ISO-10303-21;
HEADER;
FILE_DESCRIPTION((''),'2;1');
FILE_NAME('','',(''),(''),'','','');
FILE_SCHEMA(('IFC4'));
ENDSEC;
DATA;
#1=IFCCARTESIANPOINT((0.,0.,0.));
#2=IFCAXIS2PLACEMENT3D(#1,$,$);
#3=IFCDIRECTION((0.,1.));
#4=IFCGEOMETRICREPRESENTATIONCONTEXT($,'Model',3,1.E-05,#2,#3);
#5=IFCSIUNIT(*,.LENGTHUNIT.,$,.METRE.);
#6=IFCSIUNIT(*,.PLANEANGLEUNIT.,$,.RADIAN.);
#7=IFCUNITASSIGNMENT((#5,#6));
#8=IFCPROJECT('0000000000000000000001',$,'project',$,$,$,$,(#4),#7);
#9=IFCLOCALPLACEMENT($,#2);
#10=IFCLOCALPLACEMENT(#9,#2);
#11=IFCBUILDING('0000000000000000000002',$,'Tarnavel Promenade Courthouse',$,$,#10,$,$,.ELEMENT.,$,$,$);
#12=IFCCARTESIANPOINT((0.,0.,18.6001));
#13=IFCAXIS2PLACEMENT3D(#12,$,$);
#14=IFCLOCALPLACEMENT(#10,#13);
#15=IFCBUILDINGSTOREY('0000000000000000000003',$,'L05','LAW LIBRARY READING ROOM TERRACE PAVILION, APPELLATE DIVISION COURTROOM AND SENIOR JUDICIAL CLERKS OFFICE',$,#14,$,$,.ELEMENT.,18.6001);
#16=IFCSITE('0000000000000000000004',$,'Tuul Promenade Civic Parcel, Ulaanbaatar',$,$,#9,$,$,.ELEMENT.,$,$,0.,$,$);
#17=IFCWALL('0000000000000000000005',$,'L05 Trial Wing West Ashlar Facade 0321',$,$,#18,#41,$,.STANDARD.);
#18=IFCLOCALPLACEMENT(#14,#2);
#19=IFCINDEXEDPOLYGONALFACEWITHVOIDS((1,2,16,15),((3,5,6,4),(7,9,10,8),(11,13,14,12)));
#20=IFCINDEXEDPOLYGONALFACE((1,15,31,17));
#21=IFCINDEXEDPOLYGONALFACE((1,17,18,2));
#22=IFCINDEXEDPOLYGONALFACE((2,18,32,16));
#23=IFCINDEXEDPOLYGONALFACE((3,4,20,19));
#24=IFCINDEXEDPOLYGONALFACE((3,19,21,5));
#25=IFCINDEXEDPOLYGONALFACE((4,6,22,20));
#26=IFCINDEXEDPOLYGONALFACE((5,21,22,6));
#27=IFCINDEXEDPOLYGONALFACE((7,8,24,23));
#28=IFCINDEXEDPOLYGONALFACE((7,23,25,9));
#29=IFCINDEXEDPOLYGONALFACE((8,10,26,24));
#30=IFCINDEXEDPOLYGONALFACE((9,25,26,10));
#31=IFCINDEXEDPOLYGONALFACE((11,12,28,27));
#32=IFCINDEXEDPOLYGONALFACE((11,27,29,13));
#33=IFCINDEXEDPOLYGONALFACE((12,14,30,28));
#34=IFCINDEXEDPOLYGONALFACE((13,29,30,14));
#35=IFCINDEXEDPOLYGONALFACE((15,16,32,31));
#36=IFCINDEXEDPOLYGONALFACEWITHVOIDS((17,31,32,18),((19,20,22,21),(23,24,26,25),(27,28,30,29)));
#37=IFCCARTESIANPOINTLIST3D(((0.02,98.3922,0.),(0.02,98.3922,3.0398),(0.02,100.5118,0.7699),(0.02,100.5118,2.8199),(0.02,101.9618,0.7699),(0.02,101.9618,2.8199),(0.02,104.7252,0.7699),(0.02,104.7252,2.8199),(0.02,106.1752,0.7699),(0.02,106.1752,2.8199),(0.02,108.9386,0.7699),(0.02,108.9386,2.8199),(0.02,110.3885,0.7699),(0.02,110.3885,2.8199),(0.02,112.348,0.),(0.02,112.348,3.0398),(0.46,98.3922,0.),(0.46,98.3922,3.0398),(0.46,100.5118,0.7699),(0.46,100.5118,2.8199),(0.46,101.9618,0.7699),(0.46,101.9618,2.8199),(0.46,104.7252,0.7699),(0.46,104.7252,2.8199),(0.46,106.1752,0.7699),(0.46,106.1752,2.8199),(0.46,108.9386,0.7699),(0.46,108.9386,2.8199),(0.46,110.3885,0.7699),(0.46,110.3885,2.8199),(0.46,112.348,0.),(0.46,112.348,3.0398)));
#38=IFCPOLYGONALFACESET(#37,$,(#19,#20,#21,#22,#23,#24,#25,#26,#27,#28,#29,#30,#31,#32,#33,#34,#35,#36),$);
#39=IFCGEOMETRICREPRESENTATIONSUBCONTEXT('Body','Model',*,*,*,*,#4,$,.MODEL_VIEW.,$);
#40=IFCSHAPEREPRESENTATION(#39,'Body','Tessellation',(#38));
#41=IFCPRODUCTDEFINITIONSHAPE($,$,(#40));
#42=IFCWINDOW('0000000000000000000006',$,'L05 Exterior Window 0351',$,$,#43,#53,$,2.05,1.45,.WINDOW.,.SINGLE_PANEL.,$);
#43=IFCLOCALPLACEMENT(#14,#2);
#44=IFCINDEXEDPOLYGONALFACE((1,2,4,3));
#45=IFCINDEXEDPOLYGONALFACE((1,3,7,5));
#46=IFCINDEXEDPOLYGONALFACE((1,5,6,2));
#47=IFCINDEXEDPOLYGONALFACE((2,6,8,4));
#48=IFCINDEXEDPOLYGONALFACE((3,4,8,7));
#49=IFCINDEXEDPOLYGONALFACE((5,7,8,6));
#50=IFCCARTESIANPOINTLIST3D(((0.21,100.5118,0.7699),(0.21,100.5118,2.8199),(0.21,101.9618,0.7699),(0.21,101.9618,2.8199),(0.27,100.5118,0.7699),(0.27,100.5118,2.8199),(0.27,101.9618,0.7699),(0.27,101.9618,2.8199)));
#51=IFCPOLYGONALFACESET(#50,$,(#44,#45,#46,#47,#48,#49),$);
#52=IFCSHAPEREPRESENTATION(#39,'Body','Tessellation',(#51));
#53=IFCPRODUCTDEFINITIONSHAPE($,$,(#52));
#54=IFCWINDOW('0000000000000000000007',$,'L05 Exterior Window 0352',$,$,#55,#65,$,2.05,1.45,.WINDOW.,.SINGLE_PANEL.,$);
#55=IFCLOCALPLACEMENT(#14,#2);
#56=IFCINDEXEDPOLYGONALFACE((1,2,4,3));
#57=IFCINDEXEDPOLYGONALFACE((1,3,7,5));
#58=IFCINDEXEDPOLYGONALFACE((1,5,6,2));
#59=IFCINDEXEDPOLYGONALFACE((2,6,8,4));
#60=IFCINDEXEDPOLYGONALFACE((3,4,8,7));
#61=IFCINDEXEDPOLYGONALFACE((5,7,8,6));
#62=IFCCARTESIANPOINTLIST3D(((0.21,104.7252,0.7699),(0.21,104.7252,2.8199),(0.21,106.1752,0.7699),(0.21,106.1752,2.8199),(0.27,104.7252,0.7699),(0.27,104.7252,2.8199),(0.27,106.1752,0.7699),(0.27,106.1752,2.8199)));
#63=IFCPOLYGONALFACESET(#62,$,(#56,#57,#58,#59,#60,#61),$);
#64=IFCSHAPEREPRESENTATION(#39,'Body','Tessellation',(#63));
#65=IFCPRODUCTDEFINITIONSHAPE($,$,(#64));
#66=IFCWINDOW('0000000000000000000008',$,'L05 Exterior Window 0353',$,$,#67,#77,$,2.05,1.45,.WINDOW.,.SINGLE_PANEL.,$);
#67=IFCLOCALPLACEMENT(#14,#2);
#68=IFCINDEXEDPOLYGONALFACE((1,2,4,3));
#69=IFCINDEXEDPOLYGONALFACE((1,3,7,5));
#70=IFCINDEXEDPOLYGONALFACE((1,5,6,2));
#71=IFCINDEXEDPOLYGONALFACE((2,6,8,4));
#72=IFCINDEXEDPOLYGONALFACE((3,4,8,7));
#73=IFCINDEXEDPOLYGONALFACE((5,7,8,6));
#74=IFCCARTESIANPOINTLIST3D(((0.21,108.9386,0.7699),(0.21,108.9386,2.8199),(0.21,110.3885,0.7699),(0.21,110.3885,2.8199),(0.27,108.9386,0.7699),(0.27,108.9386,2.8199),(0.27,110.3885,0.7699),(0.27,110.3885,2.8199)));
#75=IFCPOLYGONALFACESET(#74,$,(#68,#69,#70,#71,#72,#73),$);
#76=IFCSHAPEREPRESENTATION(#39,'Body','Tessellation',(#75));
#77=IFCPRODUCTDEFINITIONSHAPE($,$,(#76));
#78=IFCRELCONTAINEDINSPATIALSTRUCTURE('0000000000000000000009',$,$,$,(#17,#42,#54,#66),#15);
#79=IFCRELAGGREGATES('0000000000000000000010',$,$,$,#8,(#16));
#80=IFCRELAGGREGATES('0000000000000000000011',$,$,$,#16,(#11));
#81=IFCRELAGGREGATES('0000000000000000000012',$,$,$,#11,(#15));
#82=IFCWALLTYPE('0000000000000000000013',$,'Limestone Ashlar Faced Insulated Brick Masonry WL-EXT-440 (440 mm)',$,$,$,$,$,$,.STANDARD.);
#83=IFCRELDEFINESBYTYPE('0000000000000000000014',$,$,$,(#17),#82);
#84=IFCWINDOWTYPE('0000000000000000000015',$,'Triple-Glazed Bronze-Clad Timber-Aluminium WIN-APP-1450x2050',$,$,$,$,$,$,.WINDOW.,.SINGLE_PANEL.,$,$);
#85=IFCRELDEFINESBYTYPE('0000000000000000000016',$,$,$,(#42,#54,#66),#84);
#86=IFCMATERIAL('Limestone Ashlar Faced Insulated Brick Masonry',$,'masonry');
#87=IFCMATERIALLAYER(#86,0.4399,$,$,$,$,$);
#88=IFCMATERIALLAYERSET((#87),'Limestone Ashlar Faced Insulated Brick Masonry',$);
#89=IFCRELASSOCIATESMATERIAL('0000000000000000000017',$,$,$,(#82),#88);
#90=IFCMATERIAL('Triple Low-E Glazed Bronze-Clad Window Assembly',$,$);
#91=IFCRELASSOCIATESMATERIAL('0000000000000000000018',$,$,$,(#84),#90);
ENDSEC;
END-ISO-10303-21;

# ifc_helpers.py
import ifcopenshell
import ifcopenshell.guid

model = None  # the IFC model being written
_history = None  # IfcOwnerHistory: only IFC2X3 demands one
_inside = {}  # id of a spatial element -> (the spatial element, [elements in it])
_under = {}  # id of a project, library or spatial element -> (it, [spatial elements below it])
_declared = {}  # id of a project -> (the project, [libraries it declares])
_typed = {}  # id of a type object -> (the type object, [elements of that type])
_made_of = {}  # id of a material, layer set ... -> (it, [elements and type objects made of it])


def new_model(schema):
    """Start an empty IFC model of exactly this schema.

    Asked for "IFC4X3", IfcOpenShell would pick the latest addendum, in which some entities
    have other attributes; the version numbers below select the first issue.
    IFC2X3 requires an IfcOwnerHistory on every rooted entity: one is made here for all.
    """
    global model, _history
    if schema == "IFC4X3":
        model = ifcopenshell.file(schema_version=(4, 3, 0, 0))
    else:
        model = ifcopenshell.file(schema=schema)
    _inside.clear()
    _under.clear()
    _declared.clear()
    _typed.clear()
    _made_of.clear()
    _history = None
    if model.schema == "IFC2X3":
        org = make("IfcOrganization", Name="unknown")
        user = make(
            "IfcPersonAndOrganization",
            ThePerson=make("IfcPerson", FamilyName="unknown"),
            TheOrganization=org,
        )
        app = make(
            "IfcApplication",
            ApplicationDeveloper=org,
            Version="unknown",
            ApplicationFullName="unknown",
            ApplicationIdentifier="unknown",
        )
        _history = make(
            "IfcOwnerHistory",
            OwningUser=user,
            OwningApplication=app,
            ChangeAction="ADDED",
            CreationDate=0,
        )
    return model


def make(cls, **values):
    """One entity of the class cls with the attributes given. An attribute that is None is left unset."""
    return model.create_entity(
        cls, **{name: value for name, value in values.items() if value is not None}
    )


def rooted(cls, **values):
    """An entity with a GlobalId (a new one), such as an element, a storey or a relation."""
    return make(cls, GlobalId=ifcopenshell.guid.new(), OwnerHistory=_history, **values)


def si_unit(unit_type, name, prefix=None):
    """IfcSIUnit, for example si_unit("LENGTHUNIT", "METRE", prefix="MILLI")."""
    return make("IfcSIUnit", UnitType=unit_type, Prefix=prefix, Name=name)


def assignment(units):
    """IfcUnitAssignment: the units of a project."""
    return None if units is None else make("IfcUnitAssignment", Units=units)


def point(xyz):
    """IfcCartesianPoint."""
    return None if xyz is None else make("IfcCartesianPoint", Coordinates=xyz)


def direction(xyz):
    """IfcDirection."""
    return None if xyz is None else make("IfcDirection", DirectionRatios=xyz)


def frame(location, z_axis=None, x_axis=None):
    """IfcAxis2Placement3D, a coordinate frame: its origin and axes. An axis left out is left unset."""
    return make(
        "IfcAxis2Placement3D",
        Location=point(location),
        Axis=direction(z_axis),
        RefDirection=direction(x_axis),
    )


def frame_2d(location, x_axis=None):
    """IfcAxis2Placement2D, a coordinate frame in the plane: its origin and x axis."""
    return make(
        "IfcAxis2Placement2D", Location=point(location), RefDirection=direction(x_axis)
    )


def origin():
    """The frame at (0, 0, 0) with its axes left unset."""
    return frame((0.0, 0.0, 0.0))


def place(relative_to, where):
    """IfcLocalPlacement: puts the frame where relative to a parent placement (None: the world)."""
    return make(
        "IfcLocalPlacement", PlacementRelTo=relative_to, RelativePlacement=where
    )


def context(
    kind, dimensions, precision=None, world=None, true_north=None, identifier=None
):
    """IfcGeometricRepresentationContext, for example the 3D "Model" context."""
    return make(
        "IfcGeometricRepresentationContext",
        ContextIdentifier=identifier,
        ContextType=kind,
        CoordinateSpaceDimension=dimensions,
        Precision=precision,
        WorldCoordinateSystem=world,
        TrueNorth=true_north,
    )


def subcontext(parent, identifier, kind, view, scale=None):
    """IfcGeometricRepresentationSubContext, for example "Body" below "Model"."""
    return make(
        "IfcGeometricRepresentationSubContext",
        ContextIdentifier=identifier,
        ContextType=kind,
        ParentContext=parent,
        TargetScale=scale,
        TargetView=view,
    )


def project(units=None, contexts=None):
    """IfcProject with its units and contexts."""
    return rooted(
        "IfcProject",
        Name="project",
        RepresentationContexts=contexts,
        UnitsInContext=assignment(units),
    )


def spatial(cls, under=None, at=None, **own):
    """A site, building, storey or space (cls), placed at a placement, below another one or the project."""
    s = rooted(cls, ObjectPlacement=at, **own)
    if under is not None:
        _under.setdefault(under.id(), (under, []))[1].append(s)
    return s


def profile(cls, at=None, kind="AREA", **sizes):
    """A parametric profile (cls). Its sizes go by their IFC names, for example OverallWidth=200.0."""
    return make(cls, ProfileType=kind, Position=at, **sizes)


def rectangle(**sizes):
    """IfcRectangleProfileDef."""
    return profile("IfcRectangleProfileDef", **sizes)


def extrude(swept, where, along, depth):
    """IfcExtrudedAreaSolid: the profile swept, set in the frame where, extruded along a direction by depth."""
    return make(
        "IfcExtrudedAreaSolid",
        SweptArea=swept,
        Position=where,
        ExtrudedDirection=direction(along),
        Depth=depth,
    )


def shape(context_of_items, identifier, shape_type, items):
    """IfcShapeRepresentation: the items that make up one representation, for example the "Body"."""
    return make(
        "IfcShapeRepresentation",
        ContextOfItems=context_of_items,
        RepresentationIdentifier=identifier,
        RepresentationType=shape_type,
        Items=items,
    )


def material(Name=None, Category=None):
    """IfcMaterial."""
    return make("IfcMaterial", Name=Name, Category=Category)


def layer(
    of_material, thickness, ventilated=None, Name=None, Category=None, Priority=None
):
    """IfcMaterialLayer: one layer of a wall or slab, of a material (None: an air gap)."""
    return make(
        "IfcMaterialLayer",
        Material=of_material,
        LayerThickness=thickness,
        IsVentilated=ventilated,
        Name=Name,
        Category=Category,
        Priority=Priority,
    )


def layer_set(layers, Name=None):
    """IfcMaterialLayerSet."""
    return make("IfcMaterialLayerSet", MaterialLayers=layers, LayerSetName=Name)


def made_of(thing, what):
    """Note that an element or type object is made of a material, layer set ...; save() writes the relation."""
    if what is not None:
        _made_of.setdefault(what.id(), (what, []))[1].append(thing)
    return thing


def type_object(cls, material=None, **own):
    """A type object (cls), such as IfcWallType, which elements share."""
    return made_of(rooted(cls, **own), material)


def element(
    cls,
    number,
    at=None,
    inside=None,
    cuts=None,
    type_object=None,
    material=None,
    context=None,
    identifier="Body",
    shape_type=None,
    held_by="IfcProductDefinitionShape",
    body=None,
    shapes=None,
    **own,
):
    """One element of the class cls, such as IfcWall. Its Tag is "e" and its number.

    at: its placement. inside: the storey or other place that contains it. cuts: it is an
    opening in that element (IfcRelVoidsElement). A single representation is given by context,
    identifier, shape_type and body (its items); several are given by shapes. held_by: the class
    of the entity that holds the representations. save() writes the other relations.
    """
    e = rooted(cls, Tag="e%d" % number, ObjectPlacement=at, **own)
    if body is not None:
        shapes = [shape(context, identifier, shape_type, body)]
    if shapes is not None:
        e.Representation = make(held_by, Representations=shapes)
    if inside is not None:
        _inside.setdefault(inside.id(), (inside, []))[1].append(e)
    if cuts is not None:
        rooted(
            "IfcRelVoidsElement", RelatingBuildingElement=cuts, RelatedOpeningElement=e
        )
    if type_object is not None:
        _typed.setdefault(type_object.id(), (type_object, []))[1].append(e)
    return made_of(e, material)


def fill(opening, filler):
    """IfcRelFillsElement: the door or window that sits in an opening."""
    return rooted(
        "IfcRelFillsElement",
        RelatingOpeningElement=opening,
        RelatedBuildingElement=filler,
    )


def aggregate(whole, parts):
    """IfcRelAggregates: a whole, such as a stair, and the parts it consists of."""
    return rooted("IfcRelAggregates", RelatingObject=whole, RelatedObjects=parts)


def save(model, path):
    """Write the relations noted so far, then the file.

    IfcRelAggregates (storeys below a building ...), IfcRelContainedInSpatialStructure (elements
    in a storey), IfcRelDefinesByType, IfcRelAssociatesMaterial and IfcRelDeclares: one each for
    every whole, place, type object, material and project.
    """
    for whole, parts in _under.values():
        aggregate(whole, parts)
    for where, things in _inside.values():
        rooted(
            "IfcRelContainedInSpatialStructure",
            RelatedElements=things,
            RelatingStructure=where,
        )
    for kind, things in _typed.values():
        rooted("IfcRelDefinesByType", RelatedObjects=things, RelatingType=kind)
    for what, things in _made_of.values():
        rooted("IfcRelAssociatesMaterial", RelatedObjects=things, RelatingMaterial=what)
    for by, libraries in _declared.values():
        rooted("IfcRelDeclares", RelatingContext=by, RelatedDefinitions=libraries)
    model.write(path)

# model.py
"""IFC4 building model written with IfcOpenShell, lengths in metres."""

from ifc_helpers import new_model, si_unit, direction, frame, frame_2d, origin, place, context, subcontext, project, spatial, rectangle, extrude, material, layer, layer_set, type_object, element, fill, save


model = new_model("IFC4")

# Units and contexts
model_context = context("Model", 3, precision=1e-05, world=origin(), true_north=direction((0.0, 1.0)))
body_context = subcontext(model_context, "Body", "Model", "MODEL_VIEW")
ifc_project = project(units=[si_unit("LENGTHUNIT", "METRE"), si_unit("PLANEANGLEUNIT", "RADIAN")], contexts=[model_context])

# Site, building, storey
site_placement = place(None, origin())
site = spatial("IfcSite", under=ifc_project, at=site_placement, Name="Tuul Promenade Civic Parcel, Ulaanbaatar", CompositionType="ELEMENT", RefElevation=0.0)
building_placement = place(site_placement, origin())
building = spatial("IfcBuilding", under=site, at=building_placement, Name="Tarnavel Promenade Courthouse", CompositionType="ELEMENT")
storey_placement = place(building_placement, frame((0.0, 0.0, 18.6001)))
storey = spatial("IfcBuildingStorey", under=building, at=storey_placement, Name="L05", Description="LAW LIBRARY READING ROOM TERRACE PAVILION, APPELLATE DIVISION COURTROOM AND SENIOR JUDICIAL CLERKS OFFICE", CompositionType="ELEMENT", Elevation=18.6001)

# Wall, openings, windows
ifc_material_1 = material(Name="Limestone Ashlar Faced Insulated Brick Masonry", Category="masonry")
ifc_layer_1 = layer(ifc_material_1, 0.4399)
ifc_layer_set_1 = layer_set([ifc_layer_1], Name="Limestone Ashlar Faced Insulated Brick Masonry")
wall_type_1 = type_object("IfcWallType", Name="Limestone Ashlar Faced Insulated Brick Masonry WL-EXT-440 (440 mm)", PredefinedType="STANDARD", material=ifc_layer_set_1)
ifc_material_2 = material(Name="Triple Low-E Glazed Bronze-Clad Window Assembly")
window_type = type_object("IfcWindowType", Name="Triple-Glazed Bronze-Clad Timber-Aluminium WIN-APP-1450x2050", PartitioningType="SINGLE_PANEL", PredefinedType="WINDOW", material=ifc_material_2)
wall_1_placement = place(storey_placement, frame((0.24, 98.3921, 0.0), z_axis=(0.0, 0.0, 1.0), x_axis=(0.0, 1.0, 0.0)))
wall_1 = element("IfcWall", 1, at=wall_1_placement, inside=storey, type_object=wall_type_1, Name="L05 Trial Wing West Ashlar Facade 0321", PredefinedType="STANDARD", context=body_context, shape_type="SweptSolid", body=[
    extrude(rectangle(XDim=13.9558, YDim=0.4399, at=frame_2d((6.978, 0.0))), origin(), (0.0, 0.0, 1.0), 3.0398),
])
opening_1_placement = place(wall_1_placement, frame((2.1196, 0.0, 0.77)))
opening_1 = element("IfcOpeningElement", 2, at=opening_1_placement, cuts=wall_1, PredefinedType="OPENING", context=body_context, shape_type="SweptSolid", body=[
    extrude(rectangle(XDim=1.45, YDim=2.05, at=frame_2d((0.7251, 1.0249))), frame((0.0, 0.23, 0.0), z_axis=(0.0, -1.0, 0.0), x_axis=(1.0, 0.0, 0.0)), (0.0, 0.0, 1.0), 0.46),
])
opening_2_placement = place(wall_1_placement, frame((6.333, 0.0, 0.77)))
opening_2 = element("IfcOpeningElement", 3, at=opening_2_placement, cuts=wall_1, PredefinedType="OPENING", context=body_context, shape_type="SweptSolid", body=[
    extrude(rectangle(XDim=1.45, YDim=2.05, at=frame_2d((0.7251, 1.0249))), frame((0.0, 0.23, 0.0), z_axis=(0.0, -1.0, 0.0), x_axis=(1.0, 0.0, 0.0)), (0.0, 0.0, 1.0), 0.46),
])
opening_3_placement = place(wall_1_placement, frame((10.5464, 0.0, 0.77)))
opening_3 = element("IfcOpeningElement", 4, at=opening_3_placement, cuts=wall_1, PredefinedType="OPENING", context=body_context, shape_type="SweptSolid", body=[
    extrude(rectangle(XDim=1.45, YDim=2.05, at=frame_2d((0.7251, 1.0249))), frame((0.0, 0.23, 0.0), z_axis=(0.0, -1.0, 0.0), x_axis=(1.0, 0.0, 0.0)), (0.0, 0.0, 1.0), 0.46),
])
window_1_placement = place(opening_1_placement, origin())
window_1 = element("IfcWindow", 5, at=window_1_placement, inside=storey, type_object=window_type, Name="L05 Exterior Window 0351", OverallHeight=2.05, OverallWidth=1.45, PartitioningType="SINGLE_PANEL", PredefinedType="WINDOW", context=body_context, shape_type="SweptSolid", body=[
    extrude(rectangle(XDim=1.45, YDim=2.05, at=frame_2d((0.7251, 1.0249))), frame((0.0, 0.03, 0.0), z_axis=(0.0, -1.0, 0.0), x_axis=(1.0, 0.0, 0.0)), (0.0, 0.0, 1.0), 0.0601),
])
fill(opening_1, window_1)
window_2_placement = place(opening_2_placement, origin())
window_2 = element("IfcWindow", 6, at=window_2_placement, inside=storey, type_object=window_type, Name="L05 Exterior Window 0352", OverallHeight=2.05, OverallWidth=1.45, PartitioningType="SINGLE_PANEL", PredefinedType="WINDOW", context=body_context, shape_type="SweptSolid", body=[
    extrude(rectangle(XDim=1.45, YDim=2.05, at=frame_2d((0.7251, 1.0249))), frame((0.0, 0.03, 0.0), z_axis=(0.0, -1.0, 0.0), x_axis=(1.0, 0.0, 0.0)), (0.0, 0.0, 1.0), 0.0601),
])
fill(opening_2, window_2)
window_3_placement = place(opening_3_placement, origin())
window_3 = element("IfcWindow", 7, at=window_3_placement, inside=storey, type_object=window_type, Name="L05 Exterior Window 0353", OverallHeight=2.05, OverallWidth=1.45, PartitioningType="SINGLE_PANEL", PredefinedType="WINDOW", context=body_context, shape_type="SweptSolid", body=[
    extrude(rectangle(XDim=1.45, YDim=2.05, at=frame_2d((0.7251, 1.0249))), frame((0.0, 0.03, 0.0), z_axis=(0.0, -1.0, 0.0), x_axis=(1.0, 0.0, 0.0)), (0.0, 0.0, 1.0), 0.0601),
])
fill(opening_3, window_3)

save(model, "model.ifc")
